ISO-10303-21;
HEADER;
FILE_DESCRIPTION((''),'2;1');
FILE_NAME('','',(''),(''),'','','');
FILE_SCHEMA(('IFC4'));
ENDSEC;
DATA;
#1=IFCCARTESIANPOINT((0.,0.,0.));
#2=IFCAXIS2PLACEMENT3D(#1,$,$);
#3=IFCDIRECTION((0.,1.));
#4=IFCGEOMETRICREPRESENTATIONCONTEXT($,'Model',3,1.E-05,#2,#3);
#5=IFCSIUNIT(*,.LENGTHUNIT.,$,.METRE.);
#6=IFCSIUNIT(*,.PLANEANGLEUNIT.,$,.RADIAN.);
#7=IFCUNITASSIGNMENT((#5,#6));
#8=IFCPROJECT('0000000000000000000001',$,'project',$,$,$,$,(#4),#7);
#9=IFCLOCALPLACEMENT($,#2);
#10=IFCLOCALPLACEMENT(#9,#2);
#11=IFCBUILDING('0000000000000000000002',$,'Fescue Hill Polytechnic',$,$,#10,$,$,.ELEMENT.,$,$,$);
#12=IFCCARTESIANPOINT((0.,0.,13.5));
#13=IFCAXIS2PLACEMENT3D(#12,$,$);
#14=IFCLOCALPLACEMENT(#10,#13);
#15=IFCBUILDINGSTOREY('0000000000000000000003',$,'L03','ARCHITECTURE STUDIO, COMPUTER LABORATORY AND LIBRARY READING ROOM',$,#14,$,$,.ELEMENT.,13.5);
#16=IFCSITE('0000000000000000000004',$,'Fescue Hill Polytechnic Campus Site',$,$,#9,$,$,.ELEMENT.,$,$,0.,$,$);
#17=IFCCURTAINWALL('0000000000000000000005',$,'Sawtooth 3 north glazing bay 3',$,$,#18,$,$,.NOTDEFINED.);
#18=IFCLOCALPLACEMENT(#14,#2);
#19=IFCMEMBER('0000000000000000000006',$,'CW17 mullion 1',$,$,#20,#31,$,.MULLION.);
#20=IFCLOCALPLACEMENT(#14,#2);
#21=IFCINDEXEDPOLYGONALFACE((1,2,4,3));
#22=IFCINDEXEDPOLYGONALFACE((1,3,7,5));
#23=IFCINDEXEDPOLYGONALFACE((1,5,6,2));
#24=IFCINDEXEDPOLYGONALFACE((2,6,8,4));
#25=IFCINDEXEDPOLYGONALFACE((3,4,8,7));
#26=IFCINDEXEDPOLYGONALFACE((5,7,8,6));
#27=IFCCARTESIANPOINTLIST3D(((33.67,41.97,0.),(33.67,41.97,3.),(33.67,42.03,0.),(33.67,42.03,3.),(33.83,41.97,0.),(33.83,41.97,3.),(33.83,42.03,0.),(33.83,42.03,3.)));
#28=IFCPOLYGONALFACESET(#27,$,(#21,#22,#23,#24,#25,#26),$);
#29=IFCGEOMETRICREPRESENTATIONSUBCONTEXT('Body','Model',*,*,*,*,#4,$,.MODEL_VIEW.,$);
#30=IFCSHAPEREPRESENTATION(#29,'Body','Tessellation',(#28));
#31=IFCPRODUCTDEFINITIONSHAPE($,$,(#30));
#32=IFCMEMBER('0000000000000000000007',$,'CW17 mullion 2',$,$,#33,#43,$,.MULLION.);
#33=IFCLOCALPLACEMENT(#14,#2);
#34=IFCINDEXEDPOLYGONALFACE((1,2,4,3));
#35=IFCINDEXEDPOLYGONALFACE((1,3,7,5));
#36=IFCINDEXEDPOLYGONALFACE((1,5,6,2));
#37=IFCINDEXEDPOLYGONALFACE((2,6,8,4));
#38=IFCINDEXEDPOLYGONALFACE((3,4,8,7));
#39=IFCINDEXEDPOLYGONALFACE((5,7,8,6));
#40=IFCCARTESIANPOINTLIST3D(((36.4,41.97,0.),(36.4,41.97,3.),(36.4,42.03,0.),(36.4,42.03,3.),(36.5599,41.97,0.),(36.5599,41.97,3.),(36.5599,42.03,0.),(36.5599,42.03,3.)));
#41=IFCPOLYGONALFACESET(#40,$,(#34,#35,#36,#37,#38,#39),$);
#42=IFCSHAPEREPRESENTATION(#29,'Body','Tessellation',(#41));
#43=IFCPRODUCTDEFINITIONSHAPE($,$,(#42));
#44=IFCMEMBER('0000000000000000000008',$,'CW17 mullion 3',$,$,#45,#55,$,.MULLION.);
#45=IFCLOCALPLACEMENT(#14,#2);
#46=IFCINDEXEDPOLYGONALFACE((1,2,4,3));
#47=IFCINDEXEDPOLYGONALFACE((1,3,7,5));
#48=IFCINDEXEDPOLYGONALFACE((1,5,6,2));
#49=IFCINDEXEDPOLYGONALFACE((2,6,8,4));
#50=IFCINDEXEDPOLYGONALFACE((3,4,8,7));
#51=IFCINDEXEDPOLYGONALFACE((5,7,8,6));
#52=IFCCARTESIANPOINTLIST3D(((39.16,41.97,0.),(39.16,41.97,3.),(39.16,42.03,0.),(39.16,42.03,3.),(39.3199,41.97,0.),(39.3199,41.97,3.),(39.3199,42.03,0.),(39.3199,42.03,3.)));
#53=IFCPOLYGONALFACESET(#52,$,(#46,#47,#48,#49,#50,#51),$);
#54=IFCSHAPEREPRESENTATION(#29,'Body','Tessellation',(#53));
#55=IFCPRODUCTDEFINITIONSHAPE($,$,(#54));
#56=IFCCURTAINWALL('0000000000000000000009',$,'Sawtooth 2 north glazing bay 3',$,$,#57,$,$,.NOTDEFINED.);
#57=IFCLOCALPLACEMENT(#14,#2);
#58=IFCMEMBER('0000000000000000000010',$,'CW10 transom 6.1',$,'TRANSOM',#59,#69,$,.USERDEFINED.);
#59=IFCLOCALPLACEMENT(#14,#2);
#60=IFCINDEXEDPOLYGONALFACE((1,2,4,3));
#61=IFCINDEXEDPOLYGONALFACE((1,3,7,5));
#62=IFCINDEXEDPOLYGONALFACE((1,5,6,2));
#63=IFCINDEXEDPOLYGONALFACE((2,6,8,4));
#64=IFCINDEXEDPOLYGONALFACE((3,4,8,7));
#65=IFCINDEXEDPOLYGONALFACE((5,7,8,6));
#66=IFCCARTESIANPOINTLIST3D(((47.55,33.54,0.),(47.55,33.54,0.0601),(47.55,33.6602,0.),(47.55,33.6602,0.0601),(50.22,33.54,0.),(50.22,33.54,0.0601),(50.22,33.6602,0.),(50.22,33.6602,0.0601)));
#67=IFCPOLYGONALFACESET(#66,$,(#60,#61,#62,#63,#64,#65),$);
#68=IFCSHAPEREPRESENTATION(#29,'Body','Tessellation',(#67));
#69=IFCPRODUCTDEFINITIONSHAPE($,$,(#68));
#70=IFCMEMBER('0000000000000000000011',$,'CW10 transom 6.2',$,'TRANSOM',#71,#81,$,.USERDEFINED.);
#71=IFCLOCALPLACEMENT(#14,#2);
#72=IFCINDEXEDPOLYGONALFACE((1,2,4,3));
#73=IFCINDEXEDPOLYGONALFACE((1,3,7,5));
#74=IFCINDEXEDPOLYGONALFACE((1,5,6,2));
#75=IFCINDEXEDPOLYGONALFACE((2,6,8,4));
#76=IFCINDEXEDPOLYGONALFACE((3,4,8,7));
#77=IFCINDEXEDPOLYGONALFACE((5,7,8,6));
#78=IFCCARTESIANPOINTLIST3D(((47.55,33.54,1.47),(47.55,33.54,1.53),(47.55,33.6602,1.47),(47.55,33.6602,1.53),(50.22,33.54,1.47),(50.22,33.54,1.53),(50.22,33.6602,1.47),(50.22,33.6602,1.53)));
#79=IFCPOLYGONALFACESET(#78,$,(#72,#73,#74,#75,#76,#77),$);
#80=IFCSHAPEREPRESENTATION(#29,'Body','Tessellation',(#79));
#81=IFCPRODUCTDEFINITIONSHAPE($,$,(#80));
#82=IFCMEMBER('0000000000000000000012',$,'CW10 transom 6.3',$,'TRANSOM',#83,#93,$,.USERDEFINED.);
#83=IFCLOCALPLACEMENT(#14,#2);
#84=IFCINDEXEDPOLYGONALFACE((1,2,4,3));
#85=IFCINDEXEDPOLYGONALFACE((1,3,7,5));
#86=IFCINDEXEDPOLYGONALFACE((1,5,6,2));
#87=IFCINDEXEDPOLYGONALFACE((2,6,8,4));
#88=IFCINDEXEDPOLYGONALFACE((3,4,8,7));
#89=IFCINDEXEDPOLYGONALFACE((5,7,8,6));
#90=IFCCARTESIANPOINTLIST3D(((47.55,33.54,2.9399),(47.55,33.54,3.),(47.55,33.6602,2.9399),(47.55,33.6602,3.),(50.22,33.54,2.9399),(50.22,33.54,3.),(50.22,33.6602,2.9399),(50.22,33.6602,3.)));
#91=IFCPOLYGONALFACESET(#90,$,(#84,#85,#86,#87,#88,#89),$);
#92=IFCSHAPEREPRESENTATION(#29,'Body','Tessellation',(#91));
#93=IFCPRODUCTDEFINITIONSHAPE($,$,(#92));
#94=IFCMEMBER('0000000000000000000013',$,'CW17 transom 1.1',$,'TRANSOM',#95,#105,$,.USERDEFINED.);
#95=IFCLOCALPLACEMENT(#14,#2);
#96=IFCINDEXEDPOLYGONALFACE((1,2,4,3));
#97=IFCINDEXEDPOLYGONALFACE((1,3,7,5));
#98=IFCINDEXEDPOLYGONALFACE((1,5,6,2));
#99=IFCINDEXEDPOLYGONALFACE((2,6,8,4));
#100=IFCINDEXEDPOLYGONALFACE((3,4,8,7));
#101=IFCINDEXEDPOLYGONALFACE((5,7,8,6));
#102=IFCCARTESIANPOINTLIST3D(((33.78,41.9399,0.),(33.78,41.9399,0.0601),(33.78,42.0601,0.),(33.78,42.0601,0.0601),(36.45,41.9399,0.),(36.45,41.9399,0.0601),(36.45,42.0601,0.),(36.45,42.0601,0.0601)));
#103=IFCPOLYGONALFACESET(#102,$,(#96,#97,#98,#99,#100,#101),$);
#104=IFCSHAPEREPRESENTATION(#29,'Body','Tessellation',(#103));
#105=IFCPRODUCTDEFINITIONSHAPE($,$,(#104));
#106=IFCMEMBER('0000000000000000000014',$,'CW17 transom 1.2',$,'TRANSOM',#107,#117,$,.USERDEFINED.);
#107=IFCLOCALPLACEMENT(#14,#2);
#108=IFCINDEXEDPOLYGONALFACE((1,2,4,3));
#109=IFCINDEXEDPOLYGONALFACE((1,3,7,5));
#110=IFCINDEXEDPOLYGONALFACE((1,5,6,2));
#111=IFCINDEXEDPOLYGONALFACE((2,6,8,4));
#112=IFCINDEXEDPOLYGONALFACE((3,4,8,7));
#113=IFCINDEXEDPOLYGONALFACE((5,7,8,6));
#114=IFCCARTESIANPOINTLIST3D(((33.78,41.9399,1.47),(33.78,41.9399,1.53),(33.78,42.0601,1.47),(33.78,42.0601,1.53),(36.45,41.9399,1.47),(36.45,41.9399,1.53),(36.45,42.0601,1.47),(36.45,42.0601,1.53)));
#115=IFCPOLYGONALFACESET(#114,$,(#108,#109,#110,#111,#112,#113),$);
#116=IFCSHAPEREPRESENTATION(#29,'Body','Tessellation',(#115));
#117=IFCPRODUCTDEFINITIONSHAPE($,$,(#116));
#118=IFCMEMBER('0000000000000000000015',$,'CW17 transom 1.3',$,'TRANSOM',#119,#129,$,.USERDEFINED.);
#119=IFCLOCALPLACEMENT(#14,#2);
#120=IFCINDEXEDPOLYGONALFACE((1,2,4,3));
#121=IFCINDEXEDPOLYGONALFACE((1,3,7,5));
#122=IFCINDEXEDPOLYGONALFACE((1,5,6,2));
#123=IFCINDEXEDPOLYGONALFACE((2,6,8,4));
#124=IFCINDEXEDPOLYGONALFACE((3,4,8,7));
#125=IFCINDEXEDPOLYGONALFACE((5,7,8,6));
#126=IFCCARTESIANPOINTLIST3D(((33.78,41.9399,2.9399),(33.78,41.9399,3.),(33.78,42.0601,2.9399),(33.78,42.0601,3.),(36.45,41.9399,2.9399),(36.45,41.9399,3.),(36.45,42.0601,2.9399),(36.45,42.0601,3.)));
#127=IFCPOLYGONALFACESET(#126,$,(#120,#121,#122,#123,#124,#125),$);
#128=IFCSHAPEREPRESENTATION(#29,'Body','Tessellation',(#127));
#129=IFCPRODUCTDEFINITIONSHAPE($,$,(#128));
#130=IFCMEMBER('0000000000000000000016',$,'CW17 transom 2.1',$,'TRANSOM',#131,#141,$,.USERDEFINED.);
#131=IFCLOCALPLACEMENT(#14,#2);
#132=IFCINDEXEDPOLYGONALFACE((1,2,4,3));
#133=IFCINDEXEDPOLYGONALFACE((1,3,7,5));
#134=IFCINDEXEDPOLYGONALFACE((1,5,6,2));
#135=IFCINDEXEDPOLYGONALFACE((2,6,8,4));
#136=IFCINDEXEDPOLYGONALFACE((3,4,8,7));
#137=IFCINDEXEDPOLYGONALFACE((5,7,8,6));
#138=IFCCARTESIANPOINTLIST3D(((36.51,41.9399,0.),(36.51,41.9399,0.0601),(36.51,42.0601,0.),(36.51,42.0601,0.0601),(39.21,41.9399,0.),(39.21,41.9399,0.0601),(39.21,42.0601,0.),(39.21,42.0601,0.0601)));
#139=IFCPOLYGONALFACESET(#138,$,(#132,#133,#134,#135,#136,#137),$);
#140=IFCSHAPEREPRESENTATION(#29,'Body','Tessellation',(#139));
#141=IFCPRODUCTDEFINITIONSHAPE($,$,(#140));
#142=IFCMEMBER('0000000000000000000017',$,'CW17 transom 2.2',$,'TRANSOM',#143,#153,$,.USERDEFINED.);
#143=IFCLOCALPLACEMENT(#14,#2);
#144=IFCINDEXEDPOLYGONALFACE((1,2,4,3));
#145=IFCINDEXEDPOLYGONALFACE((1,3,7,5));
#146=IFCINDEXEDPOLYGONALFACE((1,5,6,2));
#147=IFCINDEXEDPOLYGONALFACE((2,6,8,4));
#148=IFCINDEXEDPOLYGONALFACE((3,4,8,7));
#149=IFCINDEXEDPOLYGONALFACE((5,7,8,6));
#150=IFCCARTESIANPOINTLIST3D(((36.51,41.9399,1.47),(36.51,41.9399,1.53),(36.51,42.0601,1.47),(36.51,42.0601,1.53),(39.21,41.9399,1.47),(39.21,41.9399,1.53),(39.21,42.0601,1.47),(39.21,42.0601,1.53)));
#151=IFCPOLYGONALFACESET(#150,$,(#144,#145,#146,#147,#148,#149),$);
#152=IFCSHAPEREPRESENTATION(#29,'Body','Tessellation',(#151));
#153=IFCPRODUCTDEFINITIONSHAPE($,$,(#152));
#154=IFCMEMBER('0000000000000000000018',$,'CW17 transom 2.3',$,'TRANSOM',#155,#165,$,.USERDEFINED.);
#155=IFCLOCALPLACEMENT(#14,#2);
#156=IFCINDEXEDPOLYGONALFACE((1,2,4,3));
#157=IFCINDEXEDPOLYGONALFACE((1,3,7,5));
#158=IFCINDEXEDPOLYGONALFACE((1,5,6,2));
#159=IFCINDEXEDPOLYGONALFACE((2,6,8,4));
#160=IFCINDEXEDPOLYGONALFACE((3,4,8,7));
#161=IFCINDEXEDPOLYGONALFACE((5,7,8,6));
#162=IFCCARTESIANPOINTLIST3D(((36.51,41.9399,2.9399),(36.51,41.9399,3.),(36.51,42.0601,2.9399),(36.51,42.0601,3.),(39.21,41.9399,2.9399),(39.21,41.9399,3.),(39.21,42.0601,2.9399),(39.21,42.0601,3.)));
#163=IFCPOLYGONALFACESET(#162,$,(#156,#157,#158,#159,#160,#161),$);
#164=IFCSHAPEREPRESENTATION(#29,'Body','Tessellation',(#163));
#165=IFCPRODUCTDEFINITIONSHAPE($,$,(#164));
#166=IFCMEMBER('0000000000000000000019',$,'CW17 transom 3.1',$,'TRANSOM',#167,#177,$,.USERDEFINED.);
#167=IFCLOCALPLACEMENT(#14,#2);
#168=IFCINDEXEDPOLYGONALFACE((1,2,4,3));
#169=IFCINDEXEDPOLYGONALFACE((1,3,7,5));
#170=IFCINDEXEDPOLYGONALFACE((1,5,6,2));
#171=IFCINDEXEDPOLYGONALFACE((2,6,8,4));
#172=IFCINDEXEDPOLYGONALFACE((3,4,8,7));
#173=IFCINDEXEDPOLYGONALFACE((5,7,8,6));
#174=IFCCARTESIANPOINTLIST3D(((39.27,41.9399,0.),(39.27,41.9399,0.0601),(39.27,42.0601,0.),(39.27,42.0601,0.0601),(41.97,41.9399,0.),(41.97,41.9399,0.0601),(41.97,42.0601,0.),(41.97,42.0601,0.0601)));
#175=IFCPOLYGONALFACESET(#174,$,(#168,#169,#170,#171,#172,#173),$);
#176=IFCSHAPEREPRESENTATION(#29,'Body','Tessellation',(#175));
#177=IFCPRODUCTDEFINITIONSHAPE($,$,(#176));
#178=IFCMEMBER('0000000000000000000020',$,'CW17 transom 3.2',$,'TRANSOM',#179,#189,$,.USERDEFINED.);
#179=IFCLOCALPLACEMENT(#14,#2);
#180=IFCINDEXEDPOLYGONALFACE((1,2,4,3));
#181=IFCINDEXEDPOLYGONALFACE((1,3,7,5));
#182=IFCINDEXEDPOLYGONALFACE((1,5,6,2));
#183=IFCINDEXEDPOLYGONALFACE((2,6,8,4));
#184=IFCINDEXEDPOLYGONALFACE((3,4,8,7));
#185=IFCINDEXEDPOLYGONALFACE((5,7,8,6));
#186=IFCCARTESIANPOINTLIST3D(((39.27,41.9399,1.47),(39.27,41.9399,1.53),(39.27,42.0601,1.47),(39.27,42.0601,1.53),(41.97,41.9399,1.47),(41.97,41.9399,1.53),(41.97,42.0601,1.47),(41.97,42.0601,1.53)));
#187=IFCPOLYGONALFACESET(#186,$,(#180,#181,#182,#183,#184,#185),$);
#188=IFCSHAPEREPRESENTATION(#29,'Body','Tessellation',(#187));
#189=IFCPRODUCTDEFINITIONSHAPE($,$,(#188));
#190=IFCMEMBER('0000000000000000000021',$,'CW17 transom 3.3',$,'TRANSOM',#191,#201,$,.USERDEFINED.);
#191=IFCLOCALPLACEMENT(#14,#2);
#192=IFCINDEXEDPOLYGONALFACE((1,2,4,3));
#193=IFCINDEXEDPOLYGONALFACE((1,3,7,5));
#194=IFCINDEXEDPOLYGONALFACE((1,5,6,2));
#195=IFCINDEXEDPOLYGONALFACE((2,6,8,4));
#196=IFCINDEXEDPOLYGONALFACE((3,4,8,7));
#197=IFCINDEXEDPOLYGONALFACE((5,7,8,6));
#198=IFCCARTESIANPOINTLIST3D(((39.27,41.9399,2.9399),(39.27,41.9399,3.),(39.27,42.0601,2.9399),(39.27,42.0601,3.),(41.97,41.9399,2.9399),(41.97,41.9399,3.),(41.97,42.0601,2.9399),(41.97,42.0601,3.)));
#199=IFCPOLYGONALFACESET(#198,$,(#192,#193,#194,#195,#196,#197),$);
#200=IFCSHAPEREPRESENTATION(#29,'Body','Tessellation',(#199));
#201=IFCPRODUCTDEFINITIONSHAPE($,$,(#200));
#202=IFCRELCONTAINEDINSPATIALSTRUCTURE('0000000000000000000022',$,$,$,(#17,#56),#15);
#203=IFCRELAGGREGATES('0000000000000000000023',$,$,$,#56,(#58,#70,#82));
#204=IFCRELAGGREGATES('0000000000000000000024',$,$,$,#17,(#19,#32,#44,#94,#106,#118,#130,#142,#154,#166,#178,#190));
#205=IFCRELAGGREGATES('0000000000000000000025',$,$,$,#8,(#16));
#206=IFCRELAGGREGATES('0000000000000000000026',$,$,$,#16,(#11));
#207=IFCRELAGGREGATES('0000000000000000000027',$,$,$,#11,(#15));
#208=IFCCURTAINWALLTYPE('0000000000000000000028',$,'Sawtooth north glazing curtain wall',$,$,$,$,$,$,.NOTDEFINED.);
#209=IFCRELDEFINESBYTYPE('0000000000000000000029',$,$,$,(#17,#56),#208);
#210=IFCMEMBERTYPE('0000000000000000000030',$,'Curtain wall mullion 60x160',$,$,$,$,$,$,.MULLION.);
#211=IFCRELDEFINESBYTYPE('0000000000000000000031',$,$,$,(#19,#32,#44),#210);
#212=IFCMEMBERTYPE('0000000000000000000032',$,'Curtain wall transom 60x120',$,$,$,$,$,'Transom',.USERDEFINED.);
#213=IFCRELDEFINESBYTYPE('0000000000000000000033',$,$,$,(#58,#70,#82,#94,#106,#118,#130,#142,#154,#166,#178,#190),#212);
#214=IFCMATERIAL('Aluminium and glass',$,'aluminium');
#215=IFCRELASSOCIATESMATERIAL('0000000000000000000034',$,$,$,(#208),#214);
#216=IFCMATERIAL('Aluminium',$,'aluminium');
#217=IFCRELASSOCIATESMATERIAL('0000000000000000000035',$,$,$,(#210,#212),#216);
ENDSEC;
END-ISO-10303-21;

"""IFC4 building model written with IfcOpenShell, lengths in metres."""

from ifc_helpers import new_model, si_unit, direction, frame, origin, origin_2d, place, context, subcontext, project, spatial, rectangle, extrude, material, material_profile, profile_set, type_object, element, aggregate, save


model = new_model("IFC4")

# Units and contexts
model_context = context("Model", 3, precision=1e-05, world=origin(), true_north=direction((0.0, 1.0)))
body_context = subcontext(model_context, "Body", "Model", "MODEL_VIEW")
ifc_project = project(units=[si_unit("LENGTHUNIT", "METRE"), si_unit("PLANEANGLEUNIT", "RADIAN")], contexts=[model_context])

# Site, building, storey
site_placement = place(None, origin())
site = spatial("IfcSite", under=ifc_project, at=site_placement, Name="Fescue Hill Polytechnic Campus Site", CompositionType="ELEMENT", RefElevation=0.0)
building_placement = place(site_placement, origin())
building = spatial("IfcBuilding", under=site, at=building_placement, Name="Fescue Hill Polytechnic", CompositionType="ELEMENT")
storey_placement = place(building_placement, frame((0.0, 0.0, 13.5)))
storey = spatial("IfcBuildingStorey", under=building, at=storey_placement, Name="L03", Description="ARCHITECTURE STUDIO, COMPUTER LABORATORY AND LIBRARY READING ROOM", CompositionType="ELEMENT", Elevation=13.5)

# Curtain walls, members
ifc_material_1 = material(Name="Aluminium and glass", Category="aluminium")
curtain_wall_type = type_object("IfcCurtainWallType", Name="Sawtooth north glazing curtain wall", PredefinedType="NOTDEFINED", material=ifc_material_1)
curtain_wall_1_placement = place(storey_placement, origin())
curtain_wall_1 = element("IfcCurtainWall", 1, at=curtain_wall_1_placement, inside=storey, type_object=curtain_wall_type, Name="Sawtooth 3 north glazing bay 3", PredefinedType="NOTDEFINED")
ifc_material_2 = material(Name="Aluminium", Category="aluminium")
ifc_material_profile_1 = material_profile(ifc_material_2, rectangle(XDim=0.0601, YDim=0.1599, at=origin_2d()), Name="Curtain wall mullion 60x160")
ifc_profile_set_1 = profile_set([ifc_material_profile_1], Name="Aluminium")
member_type_1 = type_object("IfcMemberType", Name="Curtain wall mullion 60x160", PredefinedType="MULLION", material=ifc_profile_set_1)
member_1_placement = place(storey_placement, frame((33.75, 42.0, 0.0), z_axis=(0.0, 0.0, 1.0), x_axis=(0.0, 1.0, 0.0)))
member_1 = element("IfcMember", 2, at=member_1_placement, type_object=member_type_1, Name="CW17 mullion 1", PredefinedType="MULLION", context=body_context, shape_type="SweptSolid", body=[
    extrude(rectangle(XDim=0.0601, YDim=0.1599, at=origin_2d()), origin(), (0.0, 0.0, 1.0), 3.0),
])
member_2_placement = place(storey_placement, frame((36.48, 42.0, 0.0), z_axis=(0.0, 0.0, 1.0), x_axis=(0.0, 1.0, 0.0)))
member_2 = element("IfcMember", 3, at=member_2_placement, type_object=member_type_1, Name="CW17 mullion 2", PredefinedType="MULLION", context=body_context, shape_type="SweptSolid", body=[
    extrude(rectangle(XDim=0.0601, YDim=0.1599, at=origin_2d()), origin(), (0.0, 0.0, 1.0), 3.0),
])
member_3_placement = place(storey_placement, frame((39.24, 42.0, 0.0), z_axis=(0.0, 0.0, 1.0), x_axis=(0.0, 1.0, 0.0)))
member_3 = element("IfcMember", 4, at=member_3_placement, type_object=member_type_1, Name="CW17 mullion 3", PredefinedType="MULLION", context=body_context, shape_type="SweptSolid", body=[
    extrude(rectangle(XDim=0.0601, YDim=0.1599, at=origin_2d()), origin(), (0.0, 0.0, 1.0), 3.0),
])
curtain_wall_2_placement = place(storey_placement, origin())
curtain_wall_2 = element("IfcCurtainWall", 5, at=curtain_wall_2_placement, inside=storey, type_object=curtain_wall_type, Name="Sawtooth 2 north glazing bay 3", PredefinedType="NOTDEFINED")
ifc_material_profile_2 = material_profile(ifc_material_2, rectangle(XDim=0.1201, YDim=0.0601, at=origin_2d()), Name="Curtain wall transom 60x120")
ifc_profile_set_2 = profile_set([ifc_material_profile_2], Name="Aluminium")
member_type_2 = type_object("IfcMemberType", Name="Curtain wall transom 60x120", ElementType="Transom", PredefinedType="USERDEFINED", material=ifc_profile_set_2)
member_4_placement = place(storey_placement, frame((47.55, 33.6001, 0.03), z_axis=(1.0, 0.0, 0.0), x_axis=(0.0, 1.0, 0.0)))
member_4 = element("IfcMember", 6, at=member_4_placement, type_object=member_type_2, Name="CW10 transom 6.1", ObjectType="TRANSOM", PredefinedType="USERDEFINED", context=body_context, shape_type="SweptSolid", body=[
    extrude(rectangle(XDim=0.1201, YDim=0.0601, at=origin_2d()), origin(), (0.0, 0.0, 1.0), 2.6699),
])
member_5_placement = place(storey_placement, frame((47.55, 33.6001, 1.5), z_axis=(1.0, 0.0, 0.0), x_axis=(0.0, 1.0, 0.0)))
member_5 = element("IfcMember", 7, at=member_5_placement, type_object=member_type_2, Name="CW10 transom 6.2", ObjectType="TRANSOM", PredefinedType="USERDEFINED", context=body_context, shape_type="SweptSolid", body=[
    extrude(rectangle(XDim=0.1201, YDim=0.0601, at=origin_2d()), origin(), (0.0, 0.0, 1.0), 2.6699),
])
member_6_placement = place(storey_placement, frame((47.55, 33.6001, 2.97), z_axis=(1.0, 0.0, 0.0), x_axis=(0.0, 1.0, 0.0)))
member_6 = element("IfcMember", 8, at=member_6_placement, type_object=member_type_2, Name="CW10 transom 6.3", ObjectType="TRANSOM", PredefinedType="USERDEFINED", context=body_context, shape_type="SweptSolid", body=[
    extrude(rectangle(XDim=0.1201, YDim=0.0601, at=origin_2d()), origin(), (0.0, 0.0, 1.0), 2.6699),
])
aggregate(curtain_wall_2, [member_4, member_5, member_6])

# Members
member_7_placement = place(storey_placement, frame((33.78, 42.0, 0.03), z_axis=(1.0, 0.0, 0.0), x_axis=(0.0, 1.0, 0.0)))
member_7 = element("IfcMember", 9, at=member_7_placement, type_object=member_type_2, Name="CW17 transom 1.1", ObjectType="TRANSOM", PredefinedType="USERDEFINED", context=body_context, shape_type="SweptSolid", body=[
    extrude(rectangle(XDim=0.1201, YDim=0.0601, at=origin_2d()), origin(), (0.0, 0.0, 1.0), 2.6699),
])
member_8_placement = place(storey_placement, frame((33.78, 42.0, 1.5), z_axis=(1.0, 0.0, 0.0), x_axis=(0.0, 1.0, 0.0)))
member_8 = element("IfcMember", 10, at=member_8_placement, type_object=member_type_2, Name="CW17 transom 1.2", ObjectType="TRANSOM", PredefinedType="USERDEFINED", context=body_context, shape_type="SweptSolid", body=[
    extrude(rectangle(XDim=0.1201, YDim=0.0601, at=origin_2d()), origin(), (0.0, 0.0, 1.0), 2.6699),
])
member_9_placement = place(storey_placement, frame((33.78, 42.0, 2.97), z_axis=(1.0, 0.0, 0.0), x_axis=(0.0, 1.0, 0.0)))
member_9 = element("IfcMember", 11, at=member_9_placement, type_object=member_type_2, Name="CW17 transom 1.3", ObjectType="TRANSOM", PredefinedType="USERDEFINED", context=body_context, shape_type="SweptSolid", body=[
    extrude(rectangle(XDim=0.1201, YDim=0.0601, at=origin_2d()), origin(), (0.0, 0.0, 1.0), 2.6699),
])
member_10_placement = place(storey_placement, frame((36.51, 42.0, 0.03), z_axis=(1.0, 0.0, 0.0), x_axis=(0.0, 1.0, 0.0)))
member_10 = element("IfcMember", 12, at=member_10_placement, type_object=member_type_2, Name="CW17 transom 2.1", ObjectType="TRANSOM", PredefinedType="USERDEFINED", context=body_context, shape_type="SweptSolid", body=[
    extrude(rectangle(XDim=0.1201, YDim=0.0601, at=origin_2d()), origin(), (0.0, 0.0, 1.0), 2.7),
])
member_11_placement = place(storey_placement, frame((36.51, 42.0, 1.5), z_axis=(1.0, 0.0, 0.0), x_axis=(0.0, 1.0, 0.0)))
member_11 = element("IfcMember", 13, at=member_11_placement, type_object=member_type_2, Name="CW17 transom 2.2", ObjectType="TRANSOM", PredefinedType="USERDEFINED", context=body_context, shape_type="SweptSolid", body=[
    extrude(rectangle(XDim=0.1201, YDim=0.0601, at=origin_2d()), origin(), (0.0, 0.0, 1.0), 2.7),
])
member_12_placement = place(storey_placement, frame((36.51, 42.0, 2.97), z_axis=(1.0, 0.0, 0.0), x_axis=(0.0, 1.0, 0.0)))
member_12 = element("IfcMember", 14, at=member_12_placement, type_object=member_type_2, Name="CW17 transom 2.3", ObjectType="TRANSOM", PredefinedType="USERDEFINED", context=body_context, shape_type="SweptSolid", body=[
    extrude(rectangle(XDim=0.1201, YDim=0.0601, at=origin_2d()), origin(), (0.0, 0.0, 1.0), 2.7),
])
member_13_placement = place(storey_placement, frame((39.27, 42.0, 0.03), z_axis=(1.0, 0.0, 0.0), x_axis=(0.0, 1.0, 0.0)))
member_13 = element("IfcMember", 15, at=member_13_placement, type_object=member_type_2, Name="CW17 transom 3.1", ObjectType="TRANSOM", PredefinedType="USERDEFINED", context=body_context, shape_type="SweptSolid", body=[
    extrude(rectangle(XDim=0.1201, YDim=0.0601, at=origin_2d()), origin(), (0.0, 0.0, 1.0), 2.7),
])
member_14_placement = place(storey_placement, frame((39.27, 42.0, 1.5), z_axis=(1.0, 0.0, 0.0), x_axis=(0.0, 1.0, 0.0)))
member_14 = element("IfcMember", 16, at=member_14_placement, type_object=member_type_2, Name="CW17 transom 3.2", ObjectType="TRANSOM", PredefinedType="USERDEFINED", context=body_context, shape_type="SweptSolid", body=[
    extrude(rectangle(XDim=0.1201, YDim=0.0601, at=origin_2d()), origin(), (0.0, 0.0, 1.0), 2.7),
])
member_15_placement = place(storey_placement, frame((39.27, 42.0, 2.97), z_axis=(1.0, 0.0, 0.0), x_axis=(0.0, 1.0, 0.0)))
member_15 = element("IfcMember", 17, at=member_15_placement, type_object=member_type_2, Name="CW17 transom 3.3", ObjectType="TRANSOM", PredefinedType="USERDEFINED", context=body_context, shape_type="SweptSolid", body=[
    extrude(rectangle(XDim=0.1201, YDim=0.0601, at=origin_2d()), origin(), (0.0, 0.0, 1.0), 2.7),
])

aggregate(curtain_wall_1, [member_1, member_2, member_3, member_7, member_8, member_9, member_10, member_11, member_12, member_13, member_14, member_15])

save(model, "model.ifc")
